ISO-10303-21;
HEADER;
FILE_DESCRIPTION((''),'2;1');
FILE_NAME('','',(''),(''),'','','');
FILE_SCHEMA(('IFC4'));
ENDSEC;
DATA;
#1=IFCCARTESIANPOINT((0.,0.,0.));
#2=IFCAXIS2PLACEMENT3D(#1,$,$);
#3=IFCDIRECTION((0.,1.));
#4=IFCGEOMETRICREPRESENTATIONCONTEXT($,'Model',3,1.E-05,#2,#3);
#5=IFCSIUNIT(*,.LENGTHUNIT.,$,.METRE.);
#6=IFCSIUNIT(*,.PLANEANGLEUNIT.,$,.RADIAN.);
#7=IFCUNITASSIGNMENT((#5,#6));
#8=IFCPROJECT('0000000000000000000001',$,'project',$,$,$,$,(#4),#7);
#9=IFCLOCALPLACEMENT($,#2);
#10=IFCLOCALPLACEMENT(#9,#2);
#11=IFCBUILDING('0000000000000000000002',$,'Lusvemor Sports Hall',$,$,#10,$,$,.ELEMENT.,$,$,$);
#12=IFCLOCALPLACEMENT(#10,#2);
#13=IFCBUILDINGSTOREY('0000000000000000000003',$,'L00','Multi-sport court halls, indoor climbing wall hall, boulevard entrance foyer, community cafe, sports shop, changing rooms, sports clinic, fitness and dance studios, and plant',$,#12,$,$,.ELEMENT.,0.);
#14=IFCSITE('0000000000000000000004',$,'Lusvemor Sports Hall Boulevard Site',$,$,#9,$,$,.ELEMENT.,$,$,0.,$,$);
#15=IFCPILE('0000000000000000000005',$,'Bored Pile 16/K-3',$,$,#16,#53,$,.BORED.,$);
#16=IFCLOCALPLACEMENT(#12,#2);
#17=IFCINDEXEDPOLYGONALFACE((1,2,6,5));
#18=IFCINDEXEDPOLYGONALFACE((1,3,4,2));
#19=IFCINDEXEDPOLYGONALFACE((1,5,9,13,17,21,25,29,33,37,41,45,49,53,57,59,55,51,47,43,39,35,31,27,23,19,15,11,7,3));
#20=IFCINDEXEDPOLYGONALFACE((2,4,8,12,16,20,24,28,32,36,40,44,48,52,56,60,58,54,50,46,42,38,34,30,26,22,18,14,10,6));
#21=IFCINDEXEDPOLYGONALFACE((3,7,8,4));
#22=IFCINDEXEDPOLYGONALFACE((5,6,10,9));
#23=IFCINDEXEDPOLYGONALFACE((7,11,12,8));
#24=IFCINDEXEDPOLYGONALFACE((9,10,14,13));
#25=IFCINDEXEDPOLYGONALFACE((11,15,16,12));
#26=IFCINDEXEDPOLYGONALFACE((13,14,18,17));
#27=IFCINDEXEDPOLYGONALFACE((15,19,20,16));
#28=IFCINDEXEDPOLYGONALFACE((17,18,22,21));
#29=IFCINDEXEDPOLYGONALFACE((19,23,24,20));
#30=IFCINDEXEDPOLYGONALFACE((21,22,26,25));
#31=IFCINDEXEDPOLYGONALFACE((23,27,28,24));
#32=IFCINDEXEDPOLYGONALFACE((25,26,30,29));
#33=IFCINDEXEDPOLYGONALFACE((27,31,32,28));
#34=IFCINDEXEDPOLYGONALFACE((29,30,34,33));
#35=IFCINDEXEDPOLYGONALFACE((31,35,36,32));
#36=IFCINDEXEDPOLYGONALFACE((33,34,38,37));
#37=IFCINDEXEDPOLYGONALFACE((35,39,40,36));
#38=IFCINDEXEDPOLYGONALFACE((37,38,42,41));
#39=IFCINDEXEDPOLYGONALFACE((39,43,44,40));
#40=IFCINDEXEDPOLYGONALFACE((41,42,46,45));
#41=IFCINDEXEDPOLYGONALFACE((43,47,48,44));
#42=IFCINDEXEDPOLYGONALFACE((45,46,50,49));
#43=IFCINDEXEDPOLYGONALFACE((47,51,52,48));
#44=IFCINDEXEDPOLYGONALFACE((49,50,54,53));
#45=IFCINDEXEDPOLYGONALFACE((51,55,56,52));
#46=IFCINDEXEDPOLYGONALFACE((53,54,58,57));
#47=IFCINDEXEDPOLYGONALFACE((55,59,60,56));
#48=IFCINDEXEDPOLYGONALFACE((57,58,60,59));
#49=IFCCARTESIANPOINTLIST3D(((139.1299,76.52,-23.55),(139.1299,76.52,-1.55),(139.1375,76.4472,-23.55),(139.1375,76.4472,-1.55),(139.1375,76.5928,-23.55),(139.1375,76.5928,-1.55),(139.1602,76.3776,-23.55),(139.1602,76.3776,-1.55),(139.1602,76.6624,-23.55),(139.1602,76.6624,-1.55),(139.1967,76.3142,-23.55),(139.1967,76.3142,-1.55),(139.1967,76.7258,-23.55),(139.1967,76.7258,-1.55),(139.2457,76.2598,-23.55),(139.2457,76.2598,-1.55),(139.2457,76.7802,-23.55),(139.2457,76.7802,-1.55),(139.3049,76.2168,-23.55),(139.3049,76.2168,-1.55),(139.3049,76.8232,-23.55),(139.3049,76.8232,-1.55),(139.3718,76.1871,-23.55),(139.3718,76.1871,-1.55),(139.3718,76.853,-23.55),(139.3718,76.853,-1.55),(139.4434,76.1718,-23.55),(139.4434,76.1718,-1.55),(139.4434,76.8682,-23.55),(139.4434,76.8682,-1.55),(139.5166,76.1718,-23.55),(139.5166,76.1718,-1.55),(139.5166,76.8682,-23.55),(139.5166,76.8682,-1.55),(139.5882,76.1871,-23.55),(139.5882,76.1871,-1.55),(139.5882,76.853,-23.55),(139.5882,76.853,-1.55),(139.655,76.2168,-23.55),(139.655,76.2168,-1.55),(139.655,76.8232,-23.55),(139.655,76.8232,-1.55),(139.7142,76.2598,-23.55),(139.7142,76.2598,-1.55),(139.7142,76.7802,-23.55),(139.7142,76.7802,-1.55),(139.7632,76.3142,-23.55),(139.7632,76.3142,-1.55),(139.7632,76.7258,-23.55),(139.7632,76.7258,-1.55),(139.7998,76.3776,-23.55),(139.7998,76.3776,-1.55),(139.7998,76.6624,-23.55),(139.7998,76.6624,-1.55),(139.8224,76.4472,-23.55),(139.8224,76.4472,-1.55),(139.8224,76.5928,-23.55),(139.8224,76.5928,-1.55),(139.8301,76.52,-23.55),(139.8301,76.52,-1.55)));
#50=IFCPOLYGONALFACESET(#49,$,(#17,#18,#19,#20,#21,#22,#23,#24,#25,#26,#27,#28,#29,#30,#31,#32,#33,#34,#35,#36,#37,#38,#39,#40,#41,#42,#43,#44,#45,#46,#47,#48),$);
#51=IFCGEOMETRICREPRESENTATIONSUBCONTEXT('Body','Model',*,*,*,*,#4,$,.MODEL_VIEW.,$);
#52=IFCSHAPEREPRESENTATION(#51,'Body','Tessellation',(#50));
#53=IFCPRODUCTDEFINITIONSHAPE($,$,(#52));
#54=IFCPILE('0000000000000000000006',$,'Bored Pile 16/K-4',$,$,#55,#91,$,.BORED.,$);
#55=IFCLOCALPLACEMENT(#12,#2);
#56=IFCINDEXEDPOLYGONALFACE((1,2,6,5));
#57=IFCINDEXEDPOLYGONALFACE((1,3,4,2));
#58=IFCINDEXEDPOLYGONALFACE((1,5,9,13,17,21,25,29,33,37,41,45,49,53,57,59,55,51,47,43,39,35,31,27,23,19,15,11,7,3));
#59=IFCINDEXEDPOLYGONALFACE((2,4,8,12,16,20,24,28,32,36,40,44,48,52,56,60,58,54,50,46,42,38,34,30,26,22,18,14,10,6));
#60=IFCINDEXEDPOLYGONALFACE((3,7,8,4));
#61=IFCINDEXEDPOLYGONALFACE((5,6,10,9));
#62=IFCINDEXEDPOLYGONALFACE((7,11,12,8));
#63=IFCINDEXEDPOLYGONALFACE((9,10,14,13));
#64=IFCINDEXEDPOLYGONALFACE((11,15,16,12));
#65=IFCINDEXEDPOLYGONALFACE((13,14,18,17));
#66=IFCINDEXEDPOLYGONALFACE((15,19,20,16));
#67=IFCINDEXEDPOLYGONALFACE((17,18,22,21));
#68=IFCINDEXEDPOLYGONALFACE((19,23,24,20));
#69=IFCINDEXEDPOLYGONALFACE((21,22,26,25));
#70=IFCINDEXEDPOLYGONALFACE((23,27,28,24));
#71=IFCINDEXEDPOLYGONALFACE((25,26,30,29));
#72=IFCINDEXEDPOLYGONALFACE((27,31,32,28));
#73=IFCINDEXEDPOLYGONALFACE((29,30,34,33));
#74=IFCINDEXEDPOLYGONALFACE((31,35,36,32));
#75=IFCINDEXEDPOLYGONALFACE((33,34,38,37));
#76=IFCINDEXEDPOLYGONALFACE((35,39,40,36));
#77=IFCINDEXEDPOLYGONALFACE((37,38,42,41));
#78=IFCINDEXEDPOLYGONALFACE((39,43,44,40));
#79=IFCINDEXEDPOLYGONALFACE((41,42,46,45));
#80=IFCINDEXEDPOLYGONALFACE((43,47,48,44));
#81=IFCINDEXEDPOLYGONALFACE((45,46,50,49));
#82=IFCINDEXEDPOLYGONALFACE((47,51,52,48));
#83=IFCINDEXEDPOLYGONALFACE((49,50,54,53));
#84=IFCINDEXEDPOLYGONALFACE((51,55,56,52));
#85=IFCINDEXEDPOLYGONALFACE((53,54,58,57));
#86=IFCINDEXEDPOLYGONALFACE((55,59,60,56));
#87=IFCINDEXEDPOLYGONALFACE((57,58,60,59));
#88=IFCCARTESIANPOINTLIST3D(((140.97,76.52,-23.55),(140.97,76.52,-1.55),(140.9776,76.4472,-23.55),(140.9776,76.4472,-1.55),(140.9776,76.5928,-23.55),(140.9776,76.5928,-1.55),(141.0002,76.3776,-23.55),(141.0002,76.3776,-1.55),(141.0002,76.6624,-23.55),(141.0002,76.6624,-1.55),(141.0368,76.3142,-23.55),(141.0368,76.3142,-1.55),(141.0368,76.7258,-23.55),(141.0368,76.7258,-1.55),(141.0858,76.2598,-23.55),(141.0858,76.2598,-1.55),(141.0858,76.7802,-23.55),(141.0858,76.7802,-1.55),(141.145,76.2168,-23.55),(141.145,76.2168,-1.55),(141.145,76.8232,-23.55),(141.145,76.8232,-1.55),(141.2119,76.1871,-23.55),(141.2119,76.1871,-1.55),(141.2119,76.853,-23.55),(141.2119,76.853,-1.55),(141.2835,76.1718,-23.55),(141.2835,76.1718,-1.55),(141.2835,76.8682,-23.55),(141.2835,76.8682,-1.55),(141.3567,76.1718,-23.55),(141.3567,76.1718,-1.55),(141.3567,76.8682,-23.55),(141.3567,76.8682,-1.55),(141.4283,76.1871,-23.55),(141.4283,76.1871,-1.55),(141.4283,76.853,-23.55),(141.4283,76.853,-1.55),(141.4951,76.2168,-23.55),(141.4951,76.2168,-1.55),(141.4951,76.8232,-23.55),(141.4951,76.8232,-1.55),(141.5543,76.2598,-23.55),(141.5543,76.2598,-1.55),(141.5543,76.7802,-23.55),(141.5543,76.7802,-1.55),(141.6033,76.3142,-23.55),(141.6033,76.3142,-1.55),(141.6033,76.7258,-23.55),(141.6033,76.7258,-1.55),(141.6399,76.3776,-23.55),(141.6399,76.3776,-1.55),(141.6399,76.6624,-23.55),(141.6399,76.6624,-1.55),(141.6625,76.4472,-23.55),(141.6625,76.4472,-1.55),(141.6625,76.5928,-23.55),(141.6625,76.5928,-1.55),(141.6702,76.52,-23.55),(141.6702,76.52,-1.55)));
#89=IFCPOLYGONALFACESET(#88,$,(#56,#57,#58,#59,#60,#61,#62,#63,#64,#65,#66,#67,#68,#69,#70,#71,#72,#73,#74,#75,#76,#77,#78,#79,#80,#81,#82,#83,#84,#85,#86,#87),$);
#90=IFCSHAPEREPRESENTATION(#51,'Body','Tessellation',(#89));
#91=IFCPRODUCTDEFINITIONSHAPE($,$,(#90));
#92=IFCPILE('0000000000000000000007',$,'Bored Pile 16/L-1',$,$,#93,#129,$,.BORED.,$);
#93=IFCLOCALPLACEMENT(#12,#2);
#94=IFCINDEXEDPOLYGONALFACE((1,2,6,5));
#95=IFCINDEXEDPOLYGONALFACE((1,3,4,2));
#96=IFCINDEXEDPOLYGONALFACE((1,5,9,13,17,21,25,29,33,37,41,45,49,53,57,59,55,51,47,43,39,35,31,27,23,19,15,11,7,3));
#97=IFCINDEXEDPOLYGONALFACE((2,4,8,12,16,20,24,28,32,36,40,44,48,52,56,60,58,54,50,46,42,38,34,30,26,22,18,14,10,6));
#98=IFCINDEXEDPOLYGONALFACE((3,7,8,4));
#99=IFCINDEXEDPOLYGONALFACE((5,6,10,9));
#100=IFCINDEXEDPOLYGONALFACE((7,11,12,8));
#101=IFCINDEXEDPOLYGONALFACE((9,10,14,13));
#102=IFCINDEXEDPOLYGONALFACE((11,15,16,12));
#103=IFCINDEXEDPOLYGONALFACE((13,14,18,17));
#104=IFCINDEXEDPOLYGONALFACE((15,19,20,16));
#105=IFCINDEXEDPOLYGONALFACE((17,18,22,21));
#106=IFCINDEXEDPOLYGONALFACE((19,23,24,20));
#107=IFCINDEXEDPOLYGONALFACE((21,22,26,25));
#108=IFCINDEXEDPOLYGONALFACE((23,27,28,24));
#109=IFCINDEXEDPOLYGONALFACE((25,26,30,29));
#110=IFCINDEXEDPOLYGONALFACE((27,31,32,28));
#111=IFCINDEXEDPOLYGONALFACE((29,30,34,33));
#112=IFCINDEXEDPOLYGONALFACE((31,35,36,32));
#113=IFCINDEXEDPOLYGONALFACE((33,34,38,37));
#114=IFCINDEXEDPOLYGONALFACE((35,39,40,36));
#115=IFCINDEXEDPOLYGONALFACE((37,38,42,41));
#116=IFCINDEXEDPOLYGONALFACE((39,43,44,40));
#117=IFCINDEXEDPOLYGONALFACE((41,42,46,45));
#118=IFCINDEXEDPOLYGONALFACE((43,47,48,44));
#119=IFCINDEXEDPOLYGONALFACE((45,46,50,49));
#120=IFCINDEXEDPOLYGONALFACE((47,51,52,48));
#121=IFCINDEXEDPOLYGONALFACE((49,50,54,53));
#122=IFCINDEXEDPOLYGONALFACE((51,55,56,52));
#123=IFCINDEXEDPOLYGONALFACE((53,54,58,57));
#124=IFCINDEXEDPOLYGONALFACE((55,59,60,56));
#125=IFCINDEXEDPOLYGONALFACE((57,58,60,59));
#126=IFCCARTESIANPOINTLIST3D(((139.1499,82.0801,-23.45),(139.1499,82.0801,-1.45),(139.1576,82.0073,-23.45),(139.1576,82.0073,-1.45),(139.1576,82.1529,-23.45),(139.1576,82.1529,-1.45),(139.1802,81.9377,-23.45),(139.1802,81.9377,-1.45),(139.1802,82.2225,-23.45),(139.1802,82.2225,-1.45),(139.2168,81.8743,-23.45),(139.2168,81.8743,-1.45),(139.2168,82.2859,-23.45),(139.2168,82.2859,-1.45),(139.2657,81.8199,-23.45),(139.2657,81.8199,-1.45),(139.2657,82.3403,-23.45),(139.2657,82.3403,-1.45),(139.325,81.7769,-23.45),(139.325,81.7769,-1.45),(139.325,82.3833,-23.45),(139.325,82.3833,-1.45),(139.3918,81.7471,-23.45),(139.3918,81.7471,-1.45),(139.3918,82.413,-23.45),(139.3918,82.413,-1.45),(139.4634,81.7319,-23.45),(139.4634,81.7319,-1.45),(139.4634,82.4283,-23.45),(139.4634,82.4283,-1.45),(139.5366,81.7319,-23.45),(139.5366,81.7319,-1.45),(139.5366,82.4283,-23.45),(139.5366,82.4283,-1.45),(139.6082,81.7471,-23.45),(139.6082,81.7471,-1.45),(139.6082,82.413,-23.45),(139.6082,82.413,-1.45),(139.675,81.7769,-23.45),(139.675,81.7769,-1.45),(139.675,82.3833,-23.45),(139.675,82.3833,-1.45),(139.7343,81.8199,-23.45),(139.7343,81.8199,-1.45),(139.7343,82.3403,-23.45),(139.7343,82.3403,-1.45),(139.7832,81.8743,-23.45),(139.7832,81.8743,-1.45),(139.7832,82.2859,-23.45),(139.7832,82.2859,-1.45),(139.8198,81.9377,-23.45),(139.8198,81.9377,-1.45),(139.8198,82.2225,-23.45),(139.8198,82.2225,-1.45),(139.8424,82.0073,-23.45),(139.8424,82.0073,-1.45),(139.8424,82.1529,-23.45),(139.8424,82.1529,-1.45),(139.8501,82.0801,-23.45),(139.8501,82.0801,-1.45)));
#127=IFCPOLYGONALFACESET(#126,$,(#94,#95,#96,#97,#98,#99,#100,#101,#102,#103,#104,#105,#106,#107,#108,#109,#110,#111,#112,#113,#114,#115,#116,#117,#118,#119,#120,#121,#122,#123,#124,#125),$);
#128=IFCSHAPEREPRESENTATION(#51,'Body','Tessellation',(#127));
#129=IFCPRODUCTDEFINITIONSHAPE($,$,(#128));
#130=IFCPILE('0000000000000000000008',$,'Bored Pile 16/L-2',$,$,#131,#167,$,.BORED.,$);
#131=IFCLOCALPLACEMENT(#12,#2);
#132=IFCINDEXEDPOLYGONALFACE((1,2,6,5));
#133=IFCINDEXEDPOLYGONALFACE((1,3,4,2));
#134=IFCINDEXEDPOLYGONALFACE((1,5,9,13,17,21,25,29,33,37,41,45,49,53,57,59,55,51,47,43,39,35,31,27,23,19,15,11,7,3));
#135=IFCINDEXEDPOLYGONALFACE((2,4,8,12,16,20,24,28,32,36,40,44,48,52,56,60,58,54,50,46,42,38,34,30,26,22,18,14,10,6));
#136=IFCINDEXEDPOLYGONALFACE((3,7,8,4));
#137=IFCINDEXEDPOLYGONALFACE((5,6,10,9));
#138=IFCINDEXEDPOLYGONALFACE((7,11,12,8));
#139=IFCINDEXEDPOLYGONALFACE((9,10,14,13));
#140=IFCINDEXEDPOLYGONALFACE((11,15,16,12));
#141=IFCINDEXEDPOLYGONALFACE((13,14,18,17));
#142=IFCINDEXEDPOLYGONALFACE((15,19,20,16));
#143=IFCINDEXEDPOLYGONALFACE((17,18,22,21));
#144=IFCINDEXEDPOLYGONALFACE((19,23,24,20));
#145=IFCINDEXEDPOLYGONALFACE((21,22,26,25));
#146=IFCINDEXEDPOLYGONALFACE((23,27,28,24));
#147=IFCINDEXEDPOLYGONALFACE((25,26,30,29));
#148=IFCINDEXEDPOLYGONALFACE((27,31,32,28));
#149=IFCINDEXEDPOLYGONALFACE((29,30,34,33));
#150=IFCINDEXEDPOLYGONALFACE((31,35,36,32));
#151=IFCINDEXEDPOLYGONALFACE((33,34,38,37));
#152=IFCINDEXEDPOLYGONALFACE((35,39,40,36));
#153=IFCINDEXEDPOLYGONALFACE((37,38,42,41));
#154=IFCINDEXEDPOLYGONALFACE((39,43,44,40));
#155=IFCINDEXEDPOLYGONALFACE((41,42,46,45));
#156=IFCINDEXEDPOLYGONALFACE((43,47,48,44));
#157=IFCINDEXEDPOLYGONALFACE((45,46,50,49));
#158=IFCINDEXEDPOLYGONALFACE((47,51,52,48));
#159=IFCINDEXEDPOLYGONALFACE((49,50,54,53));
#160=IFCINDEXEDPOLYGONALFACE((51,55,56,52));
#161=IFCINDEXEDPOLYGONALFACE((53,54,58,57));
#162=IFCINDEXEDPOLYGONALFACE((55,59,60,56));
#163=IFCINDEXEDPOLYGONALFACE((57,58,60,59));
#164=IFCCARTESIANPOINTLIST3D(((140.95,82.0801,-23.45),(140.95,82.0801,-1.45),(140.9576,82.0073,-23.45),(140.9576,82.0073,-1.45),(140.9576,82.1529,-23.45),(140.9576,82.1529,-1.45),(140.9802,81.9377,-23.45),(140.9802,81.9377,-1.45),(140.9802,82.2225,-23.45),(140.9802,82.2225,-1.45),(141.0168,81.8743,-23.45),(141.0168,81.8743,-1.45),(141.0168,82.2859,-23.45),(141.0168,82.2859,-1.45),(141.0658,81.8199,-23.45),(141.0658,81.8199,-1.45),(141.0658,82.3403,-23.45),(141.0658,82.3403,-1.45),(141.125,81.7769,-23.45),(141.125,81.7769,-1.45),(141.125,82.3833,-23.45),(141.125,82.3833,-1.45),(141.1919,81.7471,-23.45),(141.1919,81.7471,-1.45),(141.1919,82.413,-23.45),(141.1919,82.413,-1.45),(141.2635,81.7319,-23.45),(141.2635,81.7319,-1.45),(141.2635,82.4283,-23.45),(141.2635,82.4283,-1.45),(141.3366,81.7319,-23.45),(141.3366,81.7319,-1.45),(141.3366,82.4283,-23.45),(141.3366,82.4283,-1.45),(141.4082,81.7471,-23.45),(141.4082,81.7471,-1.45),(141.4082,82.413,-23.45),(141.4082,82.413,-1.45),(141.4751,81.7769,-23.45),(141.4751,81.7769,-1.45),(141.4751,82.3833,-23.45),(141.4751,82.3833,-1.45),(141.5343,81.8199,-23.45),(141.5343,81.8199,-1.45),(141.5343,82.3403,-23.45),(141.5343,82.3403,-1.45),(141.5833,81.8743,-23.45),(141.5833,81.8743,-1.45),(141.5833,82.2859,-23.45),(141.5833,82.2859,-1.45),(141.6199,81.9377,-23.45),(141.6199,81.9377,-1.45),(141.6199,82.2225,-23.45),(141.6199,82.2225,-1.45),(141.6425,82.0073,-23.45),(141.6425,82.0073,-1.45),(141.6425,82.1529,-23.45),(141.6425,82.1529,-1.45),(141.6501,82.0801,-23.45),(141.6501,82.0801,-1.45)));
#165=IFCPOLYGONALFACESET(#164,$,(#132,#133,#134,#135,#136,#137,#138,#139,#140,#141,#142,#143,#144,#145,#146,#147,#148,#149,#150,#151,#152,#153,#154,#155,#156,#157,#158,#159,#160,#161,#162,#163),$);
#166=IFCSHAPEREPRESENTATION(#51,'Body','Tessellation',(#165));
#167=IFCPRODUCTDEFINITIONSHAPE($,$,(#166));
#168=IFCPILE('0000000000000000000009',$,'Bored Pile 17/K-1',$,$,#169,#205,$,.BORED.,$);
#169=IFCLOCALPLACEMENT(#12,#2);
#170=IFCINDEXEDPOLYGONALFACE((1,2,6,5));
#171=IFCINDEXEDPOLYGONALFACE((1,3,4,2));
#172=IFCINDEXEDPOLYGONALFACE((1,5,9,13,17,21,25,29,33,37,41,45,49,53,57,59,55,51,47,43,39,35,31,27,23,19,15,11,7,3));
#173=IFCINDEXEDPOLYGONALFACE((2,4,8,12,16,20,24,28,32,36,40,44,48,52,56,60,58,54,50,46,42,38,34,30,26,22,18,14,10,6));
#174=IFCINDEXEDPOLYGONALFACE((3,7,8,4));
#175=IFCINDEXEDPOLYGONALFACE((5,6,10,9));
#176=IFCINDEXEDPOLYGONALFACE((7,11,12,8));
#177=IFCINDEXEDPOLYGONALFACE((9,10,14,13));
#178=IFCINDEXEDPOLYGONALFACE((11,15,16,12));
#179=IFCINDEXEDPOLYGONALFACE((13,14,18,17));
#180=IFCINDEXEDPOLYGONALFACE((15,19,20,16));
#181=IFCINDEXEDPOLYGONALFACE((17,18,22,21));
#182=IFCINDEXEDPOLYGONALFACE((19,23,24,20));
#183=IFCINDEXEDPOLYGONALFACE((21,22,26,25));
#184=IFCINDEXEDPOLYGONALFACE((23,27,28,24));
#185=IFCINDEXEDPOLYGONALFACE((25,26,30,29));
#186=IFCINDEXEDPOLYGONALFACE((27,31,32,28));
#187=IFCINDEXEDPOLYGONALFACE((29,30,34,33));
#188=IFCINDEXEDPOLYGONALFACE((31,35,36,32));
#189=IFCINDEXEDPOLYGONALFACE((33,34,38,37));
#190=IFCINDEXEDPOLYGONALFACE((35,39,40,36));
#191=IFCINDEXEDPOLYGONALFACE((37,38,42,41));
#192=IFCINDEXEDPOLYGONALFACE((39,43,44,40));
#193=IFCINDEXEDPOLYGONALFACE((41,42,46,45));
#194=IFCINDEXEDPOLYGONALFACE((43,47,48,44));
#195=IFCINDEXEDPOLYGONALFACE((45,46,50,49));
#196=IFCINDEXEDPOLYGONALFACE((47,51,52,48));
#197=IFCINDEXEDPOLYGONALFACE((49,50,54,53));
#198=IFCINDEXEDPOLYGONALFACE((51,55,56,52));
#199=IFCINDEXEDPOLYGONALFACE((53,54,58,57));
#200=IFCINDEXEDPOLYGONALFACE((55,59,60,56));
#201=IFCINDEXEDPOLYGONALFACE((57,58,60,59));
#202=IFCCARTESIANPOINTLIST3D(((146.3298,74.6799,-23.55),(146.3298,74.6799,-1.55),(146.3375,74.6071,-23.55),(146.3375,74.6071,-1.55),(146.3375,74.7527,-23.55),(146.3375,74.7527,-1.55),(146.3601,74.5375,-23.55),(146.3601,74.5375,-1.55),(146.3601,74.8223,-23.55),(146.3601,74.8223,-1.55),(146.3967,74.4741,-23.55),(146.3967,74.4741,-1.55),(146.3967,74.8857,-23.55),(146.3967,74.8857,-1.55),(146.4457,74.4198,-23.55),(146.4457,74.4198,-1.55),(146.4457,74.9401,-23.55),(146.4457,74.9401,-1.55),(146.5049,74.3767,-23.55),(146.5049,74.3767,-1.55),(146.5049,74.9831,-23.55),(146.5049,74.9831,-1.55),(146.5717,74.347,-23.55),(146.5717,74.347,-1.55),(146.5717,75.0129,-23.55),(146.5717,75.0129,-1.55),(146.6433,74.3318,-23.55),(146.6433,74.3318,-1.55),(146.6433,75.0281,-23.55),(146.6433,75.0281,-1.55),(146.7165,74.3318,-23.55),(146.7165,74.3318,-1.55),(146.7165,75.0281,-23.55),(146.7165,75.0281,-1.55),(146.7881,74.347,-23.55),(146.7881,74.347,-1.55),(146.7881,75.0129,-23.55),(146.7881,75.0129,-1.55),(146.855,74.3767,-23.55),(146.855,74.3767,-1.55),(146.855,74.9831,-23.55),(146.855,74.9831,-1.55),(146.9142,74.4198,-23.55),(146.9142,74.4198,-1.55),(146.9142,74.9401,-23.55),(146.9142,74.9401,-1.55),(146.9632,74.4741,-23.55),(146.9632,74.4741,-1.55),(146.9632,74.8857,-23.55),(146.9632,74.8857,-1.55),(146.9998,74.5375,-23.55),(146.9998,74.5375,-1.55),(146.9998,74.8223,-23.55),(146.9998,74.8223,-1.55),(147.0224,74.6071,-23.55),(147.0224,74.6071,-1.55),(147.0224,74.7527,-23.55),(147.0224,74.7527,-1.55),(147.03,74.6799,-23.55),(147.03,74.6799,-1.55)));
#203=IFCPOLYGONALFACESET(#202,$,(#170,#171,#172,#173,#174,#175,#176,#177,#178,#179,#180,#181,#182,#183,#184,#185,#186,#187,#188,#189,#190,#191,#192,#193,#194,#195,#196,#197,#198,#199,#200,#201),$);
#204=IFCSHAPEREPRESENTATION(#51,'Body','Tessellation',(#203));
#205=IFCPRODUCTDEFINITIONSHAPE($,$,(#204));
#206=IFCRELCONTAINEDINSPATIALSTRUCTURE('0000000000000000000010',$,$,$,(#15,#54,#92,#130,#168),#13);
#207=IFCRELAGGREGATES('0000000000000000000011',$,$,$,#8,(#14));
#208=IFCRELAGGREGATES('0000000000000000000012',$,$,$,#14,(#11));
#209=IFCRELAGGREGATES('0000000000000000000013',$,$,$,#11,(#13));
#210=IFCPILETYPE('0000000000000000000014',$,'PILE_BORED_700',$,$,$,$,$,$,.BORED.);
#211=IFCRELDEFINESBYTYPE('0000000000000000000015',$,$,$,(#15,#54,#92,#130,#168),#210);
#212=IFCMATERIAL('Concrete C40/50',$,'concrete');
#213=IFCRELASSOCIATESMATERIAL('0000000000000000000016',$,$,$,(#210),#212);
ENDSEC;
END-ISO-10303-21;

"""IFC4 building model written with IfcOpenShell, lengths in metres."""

from ifc_helpers import new_model, si_unit, direction, frame, origin, origin_2d, place, context, subcontext, project, spatial, circle, extrude, material, material_profile, profile_set, type_object, element, save


model = new_model("IFC4")

# Units and contexts
model_context = context("Model", 3, precision=1e-05, world=origin(), true_north=direction((0.0, 1.0)))
body_context = subcontext(model_context, "Body", "Model", "MODEL_VIEW")
ifc_project = project(units=[si_unit("LENGTHUNIT", "METRE"), si_unit("PLANEANGLEUNIT", "RADIAN")], contexts=[model_context])

# Site, building, storey
site_placement = place(None, origin())
site = spatial("IfcSite", under=ifc_project, at=site_placement, Name="Lusvemor Sports Hall Boulevard Site", CompositionType="ELEMENT", RefElevation=0.0)
building_placement = place(site_placement, origin())
building = spatial("IfcBuilding", under=site, at=building_placement, Name="Lusvemor Sports Hall", CompositionType="ELEMENT")
storey_placement = place(building_placement, origin())
storey = spatial("IfcBuildingStorey", under=building, at=storey_placement, Name="L00", Description="Multi-sport court halls, indoor climbing wall hall, boulevard entrance foyer, community cafe, sports shop, changing rooms, sports clinic, fitness and dance studios, and plant", CompositionType="ELEMENT", Elevation=0.0)

# Piles
ifc_material_1 = material(Name="Concrete C40/50", Category="concrete")
ifc_material_profile_1 = material_profile(ifc_material_1, circle(Radius=0.3501, at=origin_2d()), Name="PILE700")
ifc_profile_set_1 = profile_set([ifc_material_profile_1], Name="Concrete C40/50")
pile_type = type_object("IfcPileType", Name="PILE_BORED_700", PredefinedType="BORED", material=ifc_profile_set_1)
for number, where, z_axis, x_axis, name in (
    (1, (139.48, 76.52, -1.55), (0.0, 0.0, -1.0), (1.0, 0.0, 0.0), "Bored Pile 16/K-3"),
    (2, (141.3201, 76.52, -1.55), (0.0, 0.0, -1.0), (1.0, 0.0, 0.0), "Bored Pile 16/K-4"),
    (3, (139.5, 82.0801, -1.45), (0.0, 0.0, -1.0), (1.0, 0.0, 0.0), "Bored Pile 16/L-1"),
    (4, (141.3, 82.0801, -1.45), (0.0, 0.0, -1.0), (1.0, 0.0, 0.0), "Bored Pile 16/L-2"),
    (5, (146.6799, 74.6799, -1.55), (0.0, 0.0, -1.0), (1.0, 0.0, 0.0), "Bored Pile 17/K-1"),
):
    element("IfcPile", number, at=place(storey_placement, frame(where, z_axis=z_axis, x_axis=x_axis)), inside=storey, type_object=pile_type, Name=name, PredefinedType="BORED", context=body_context, shape_type="SweptSolid", body=[
        extrude(circle(Radius=0.3501, at=origin_2d()), origin(), (0.0, 0.0, 1.0), 22.0),
    ])

save(model, "model.ifc")
